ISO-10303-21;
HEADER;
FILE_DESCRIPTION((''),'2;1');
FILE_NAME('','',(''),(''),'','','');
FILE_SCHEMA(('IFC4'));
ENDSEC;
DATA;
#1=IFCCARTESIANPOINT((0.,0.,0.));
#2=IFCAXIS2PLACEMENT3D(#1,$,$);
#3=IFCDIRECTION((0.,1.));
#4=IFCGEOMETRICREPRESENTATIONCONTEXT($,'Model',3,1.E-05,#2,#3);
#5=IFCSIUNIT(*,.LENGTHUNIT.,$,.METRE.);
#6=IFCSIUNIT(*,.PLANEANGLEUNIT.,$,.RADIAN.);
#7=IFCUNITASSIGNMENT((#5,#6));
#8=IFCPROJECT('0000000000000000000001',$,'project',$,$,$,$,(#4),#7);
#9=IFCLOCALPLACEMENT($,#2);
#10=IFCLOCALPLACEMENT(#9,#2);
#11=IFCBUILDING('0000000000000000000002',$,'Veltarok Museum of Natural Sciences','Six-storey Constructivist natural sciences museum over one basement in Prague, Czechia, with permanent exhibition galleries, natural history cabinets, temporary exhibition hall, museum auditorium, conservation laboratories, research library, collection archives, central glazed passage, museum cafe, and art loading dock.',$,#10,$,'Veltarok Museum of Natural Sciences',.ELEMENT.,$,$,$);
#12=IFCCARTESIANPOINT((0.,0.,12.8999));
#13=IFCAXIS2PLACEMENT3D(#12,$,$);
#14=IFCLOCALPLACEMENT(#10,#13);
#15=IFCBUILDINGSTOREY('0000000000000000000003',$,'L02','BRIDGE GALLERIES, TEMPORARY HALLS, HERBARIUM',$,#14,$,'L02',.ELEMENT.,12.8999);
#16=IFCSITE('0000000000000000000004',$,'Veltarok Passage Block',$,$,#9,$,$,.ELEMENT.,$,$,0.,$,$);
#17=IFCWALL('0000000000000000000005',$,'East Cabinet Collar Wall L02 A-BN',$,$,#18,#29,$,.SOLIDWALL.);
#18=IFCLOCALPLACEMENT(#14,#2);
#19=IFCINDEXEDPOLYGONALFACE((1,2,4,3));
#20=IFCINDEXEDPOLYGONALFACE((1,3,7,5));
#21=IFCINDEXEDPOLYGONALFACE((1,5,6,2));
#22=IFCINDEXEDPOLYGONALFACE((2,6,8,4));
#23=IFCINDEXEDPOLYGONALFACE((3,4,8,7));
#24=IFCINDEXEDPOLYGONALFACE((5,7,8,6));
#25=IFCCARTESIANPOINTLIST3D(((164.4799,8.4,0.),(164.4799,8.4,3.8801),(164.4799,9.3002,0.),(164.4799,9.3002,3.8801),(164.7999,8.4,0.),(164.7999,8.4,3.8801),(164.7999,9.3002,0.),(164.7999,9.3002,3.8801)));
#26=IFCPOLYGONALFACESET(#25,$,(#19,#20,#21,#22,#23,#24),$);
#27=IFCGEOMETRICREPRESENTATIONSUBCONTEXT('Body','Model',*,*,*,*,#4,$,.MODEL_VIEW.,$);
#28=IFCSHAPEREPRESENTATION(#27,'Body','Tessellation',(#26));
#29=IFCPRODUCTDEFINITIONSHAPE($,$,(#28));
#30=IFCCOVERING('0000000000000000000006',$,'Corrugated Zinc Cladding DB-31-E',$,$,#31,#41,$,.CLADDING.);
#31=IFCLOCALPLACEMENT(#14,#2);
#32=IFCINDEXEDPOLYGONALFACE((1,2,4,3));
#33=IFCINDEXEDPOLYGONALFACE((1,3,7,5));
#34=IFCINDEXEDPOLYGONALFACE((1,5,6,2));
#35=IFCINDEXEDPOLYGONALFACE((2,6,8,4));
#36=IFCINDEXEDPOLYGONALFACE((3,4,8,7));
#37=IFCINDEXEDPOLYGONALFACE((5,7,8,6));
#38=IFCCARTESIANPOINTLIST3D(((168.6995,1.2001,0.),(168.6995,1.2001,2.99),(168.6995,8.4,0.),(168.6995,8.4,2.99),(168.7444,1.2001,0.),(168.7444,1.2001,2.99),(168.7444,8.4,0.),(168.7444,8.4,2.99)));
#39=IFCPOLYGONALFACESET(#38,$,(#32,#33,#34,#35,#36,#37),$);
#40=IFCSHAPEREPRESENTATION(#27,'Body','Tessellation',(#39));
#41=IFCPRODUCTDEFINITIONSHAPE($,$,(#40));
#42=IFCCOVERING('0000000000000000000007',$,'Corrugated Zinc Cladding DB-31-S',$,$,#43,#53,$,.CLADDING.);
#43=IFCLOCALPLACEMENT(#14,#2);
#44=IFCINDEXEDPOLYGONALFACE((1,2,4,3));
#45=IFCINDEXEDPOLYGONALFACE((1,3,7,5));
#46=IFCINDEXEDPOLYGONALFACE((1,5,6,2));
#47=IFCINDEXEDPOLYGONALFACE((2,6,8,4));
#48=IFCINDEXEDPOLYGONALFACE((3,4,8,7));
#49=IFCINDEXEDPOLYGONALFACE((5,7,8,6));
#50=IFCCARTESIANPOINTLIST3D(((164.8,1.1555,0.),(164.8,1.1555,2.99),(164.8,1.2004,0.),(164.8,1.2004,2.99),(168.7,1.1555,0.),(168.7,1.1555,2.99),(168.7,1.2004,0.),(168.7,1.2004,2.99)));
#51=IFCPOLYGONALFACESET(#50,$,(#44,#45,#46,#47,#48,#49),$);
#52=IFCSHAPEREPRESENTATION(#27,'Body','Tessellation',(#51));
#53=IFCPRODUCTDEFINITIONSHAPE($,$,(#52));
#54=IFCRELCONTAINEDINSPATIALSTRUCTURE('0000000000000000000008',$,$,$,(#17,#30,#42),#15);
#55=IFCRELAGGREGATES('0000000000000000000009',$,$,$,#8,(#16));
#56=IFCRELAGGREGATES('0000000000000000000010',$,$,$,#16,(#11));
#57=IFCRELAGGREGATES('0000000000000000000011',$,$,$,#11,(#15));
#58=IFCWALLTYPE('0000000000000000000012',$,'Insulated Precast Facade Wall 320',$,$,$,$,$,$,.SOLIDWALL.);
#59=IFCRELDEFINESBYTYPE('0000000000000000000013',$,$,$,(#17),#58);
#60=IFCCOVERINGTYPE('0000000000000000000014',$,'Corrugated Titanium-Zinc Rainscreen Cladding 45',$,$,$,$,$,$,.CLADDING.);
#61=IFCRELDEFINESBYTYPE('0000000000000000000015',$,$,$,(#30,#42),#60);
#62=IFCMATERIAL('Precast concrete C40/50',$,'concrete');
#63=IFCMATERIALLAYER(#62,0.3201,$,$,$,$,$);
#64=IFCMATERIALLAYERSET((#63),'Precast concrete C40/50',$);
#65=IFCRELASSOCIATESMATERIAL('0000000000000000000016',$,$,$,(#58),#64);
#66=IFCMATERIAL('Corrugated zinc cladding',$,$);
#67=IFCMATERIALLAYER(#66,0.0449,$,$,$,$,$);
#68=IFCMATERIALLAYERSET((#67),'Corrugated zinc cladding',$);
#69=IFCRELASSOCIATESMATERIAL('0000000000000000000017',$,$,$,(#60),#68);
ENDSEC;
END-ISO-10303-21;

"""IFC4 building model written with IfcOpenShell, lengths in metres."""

from ifc_helpers import new_model, si_unit, direction, frame, frame_2d, origin, place, context, subcontext, project, spatial, rectangle, extrude, material, layer, layer_set, type_object, element, save


model = new_model("IFC4")

# Units and contexts
model_context = context("Model", 3, precision=1e-05, world=origin(), true_north=direction((0.0, 1.0)))
body_context = subcontext(model_context, "Body", "Model", "MODEL_VIEW")
ifc_project = project(units=[si_unit("LENGTHUNIT", "METRE"), si_unit("PLANEANGLEUNIT", "RADIAN")], contexts=[model_context])

# Site, building, storey
site_placement = place(None, origin())
site = spatial("IfcSite", under=ifc_project, at=site_placement, Name="Veltarok Passage Block", CompositionType="ELEMENT", RefElevation=0.0)
building_placement = place(site_placement, origin())
building = spatial("IfcBuilding", under=site, at=building_placement, Name="Veltarok Museum of Natural Sciences", Description="Six-storey Constructivist natural sciences museum over one basement in Prague, Czechia, with permanent exhibition galleries, natural history cabinets, temporary exhibition hall, museum auditorium, conservation laboratories, research library, collection archives, central glazed passage, museum cafe, and art loading dock.", LongName="Veltarok Museum of Natural Sciences", CompositionType="ELEMENT")
storey_placement = place(building_placement, frame((0.0, 0.0, 12.8999)))
storey = spatial("IfcBuildingStorey", under=building, at=storey_placement, Name="L02", Description="BRIDGE GALLERIES, TEMPORARY HALLS, HERBARIUM", LongName="L02", CompositionType="ELEMENT", Elevation=12.8999)

# Shared definitions
ifc_material_1 = material(Name="Precast concrete C40/50", Category="concrete")

# Shared definitions
ifc_layer_1 = layer(ifc_material_1, 0.3201)
ifc_layer_set_1 = layer_set([ifc_layer_1], Name="Precast concrete C40/50")
wall_type_1 = type_object("IfcWallType", Name="Insulated Precast Facade Wall 320", PredefinedType="SOLIDWALL", material=ifc_layer_set_1)

# Wall
wall_1_placement = place(storey_placement, frame((164.6399, 8.3999, 0.0), z_axis=(0.0, 0.0, 1.0), x_axis=(0.0, 1.0, 0.0)))
element("IfcWall", 1, at=wall_1_placement, inside=storey, type_object=wall_type_1, Name="East Cabinet Collar Wall L02 A-BN", PredefinedType="SOLIDWALL", context=body_context, shape_type="SweptSolid", body=[
    extrude(rectangle(XDim=0.9001, YDim=0.3201, at=frame_2d((0.4502, 0.0))), origin(), (0.0, 0.0, 1.0), 3.8801),
])

# Coverings
ifc_material_2 = material(Name="Corrugated zinc cladding")
ifc_layer_2 = layer(ifc_material_2, 0.0449)
ifc_layer_set_2 = layer_set([ifc_layer_2], Name="Corrugated zinc cladding")
covering_type = type_object("IfcCoveringType", Name="Corrugated Titanium-Zinc Rainscreen Cladding 45", PredefinedType="CLADDING", material=ifc_layer_set_2)
covering_1_placement = place(storey_placement, frame((168.7219, 1.2, 0.0), z_axis=(0.0, 0.0, 1.0), x_axis=(0.0, 1.0, 0.0)))
element("IfcCovering", 2, at=covering_1_placement, inside=storey, type_object=covering_type, Name="Corrugated Zinc Cladding DB-31-E", PredefinedType="CLADDING", context=body_context, shape_type="SweptSolid", body=[
    extrude(rectangle(XDim=7.2, YDim=0.0449, at=frame_2d((3.6001, 0.0))), origin(), (0.0, 0.0, 1.0), 2.99),
])
covering_2_placement = place(storey_placement, frame((164.8, 1.178, 0.0), z_axis=(0.0, 0.0, 1.0), x_axis=(1.0, 0.0, 0.0)))
element("IfcCovering", 3, at=covering_2_placement, inside=storey, type_object=covering_type, Name="Corrugated Zinc Cladding DB-31-S", PredefinedType="CLADDING", context=body_context, shape_type="SweptSolid", body=[
    extrude(rectangle(XDim=3.8999, YDim=0.0449, at=frame_2d((1.95, 0.0))), origin(), (0.0, 0.0, 1.0), 2.99),
])

save(model, "model.ifc")
